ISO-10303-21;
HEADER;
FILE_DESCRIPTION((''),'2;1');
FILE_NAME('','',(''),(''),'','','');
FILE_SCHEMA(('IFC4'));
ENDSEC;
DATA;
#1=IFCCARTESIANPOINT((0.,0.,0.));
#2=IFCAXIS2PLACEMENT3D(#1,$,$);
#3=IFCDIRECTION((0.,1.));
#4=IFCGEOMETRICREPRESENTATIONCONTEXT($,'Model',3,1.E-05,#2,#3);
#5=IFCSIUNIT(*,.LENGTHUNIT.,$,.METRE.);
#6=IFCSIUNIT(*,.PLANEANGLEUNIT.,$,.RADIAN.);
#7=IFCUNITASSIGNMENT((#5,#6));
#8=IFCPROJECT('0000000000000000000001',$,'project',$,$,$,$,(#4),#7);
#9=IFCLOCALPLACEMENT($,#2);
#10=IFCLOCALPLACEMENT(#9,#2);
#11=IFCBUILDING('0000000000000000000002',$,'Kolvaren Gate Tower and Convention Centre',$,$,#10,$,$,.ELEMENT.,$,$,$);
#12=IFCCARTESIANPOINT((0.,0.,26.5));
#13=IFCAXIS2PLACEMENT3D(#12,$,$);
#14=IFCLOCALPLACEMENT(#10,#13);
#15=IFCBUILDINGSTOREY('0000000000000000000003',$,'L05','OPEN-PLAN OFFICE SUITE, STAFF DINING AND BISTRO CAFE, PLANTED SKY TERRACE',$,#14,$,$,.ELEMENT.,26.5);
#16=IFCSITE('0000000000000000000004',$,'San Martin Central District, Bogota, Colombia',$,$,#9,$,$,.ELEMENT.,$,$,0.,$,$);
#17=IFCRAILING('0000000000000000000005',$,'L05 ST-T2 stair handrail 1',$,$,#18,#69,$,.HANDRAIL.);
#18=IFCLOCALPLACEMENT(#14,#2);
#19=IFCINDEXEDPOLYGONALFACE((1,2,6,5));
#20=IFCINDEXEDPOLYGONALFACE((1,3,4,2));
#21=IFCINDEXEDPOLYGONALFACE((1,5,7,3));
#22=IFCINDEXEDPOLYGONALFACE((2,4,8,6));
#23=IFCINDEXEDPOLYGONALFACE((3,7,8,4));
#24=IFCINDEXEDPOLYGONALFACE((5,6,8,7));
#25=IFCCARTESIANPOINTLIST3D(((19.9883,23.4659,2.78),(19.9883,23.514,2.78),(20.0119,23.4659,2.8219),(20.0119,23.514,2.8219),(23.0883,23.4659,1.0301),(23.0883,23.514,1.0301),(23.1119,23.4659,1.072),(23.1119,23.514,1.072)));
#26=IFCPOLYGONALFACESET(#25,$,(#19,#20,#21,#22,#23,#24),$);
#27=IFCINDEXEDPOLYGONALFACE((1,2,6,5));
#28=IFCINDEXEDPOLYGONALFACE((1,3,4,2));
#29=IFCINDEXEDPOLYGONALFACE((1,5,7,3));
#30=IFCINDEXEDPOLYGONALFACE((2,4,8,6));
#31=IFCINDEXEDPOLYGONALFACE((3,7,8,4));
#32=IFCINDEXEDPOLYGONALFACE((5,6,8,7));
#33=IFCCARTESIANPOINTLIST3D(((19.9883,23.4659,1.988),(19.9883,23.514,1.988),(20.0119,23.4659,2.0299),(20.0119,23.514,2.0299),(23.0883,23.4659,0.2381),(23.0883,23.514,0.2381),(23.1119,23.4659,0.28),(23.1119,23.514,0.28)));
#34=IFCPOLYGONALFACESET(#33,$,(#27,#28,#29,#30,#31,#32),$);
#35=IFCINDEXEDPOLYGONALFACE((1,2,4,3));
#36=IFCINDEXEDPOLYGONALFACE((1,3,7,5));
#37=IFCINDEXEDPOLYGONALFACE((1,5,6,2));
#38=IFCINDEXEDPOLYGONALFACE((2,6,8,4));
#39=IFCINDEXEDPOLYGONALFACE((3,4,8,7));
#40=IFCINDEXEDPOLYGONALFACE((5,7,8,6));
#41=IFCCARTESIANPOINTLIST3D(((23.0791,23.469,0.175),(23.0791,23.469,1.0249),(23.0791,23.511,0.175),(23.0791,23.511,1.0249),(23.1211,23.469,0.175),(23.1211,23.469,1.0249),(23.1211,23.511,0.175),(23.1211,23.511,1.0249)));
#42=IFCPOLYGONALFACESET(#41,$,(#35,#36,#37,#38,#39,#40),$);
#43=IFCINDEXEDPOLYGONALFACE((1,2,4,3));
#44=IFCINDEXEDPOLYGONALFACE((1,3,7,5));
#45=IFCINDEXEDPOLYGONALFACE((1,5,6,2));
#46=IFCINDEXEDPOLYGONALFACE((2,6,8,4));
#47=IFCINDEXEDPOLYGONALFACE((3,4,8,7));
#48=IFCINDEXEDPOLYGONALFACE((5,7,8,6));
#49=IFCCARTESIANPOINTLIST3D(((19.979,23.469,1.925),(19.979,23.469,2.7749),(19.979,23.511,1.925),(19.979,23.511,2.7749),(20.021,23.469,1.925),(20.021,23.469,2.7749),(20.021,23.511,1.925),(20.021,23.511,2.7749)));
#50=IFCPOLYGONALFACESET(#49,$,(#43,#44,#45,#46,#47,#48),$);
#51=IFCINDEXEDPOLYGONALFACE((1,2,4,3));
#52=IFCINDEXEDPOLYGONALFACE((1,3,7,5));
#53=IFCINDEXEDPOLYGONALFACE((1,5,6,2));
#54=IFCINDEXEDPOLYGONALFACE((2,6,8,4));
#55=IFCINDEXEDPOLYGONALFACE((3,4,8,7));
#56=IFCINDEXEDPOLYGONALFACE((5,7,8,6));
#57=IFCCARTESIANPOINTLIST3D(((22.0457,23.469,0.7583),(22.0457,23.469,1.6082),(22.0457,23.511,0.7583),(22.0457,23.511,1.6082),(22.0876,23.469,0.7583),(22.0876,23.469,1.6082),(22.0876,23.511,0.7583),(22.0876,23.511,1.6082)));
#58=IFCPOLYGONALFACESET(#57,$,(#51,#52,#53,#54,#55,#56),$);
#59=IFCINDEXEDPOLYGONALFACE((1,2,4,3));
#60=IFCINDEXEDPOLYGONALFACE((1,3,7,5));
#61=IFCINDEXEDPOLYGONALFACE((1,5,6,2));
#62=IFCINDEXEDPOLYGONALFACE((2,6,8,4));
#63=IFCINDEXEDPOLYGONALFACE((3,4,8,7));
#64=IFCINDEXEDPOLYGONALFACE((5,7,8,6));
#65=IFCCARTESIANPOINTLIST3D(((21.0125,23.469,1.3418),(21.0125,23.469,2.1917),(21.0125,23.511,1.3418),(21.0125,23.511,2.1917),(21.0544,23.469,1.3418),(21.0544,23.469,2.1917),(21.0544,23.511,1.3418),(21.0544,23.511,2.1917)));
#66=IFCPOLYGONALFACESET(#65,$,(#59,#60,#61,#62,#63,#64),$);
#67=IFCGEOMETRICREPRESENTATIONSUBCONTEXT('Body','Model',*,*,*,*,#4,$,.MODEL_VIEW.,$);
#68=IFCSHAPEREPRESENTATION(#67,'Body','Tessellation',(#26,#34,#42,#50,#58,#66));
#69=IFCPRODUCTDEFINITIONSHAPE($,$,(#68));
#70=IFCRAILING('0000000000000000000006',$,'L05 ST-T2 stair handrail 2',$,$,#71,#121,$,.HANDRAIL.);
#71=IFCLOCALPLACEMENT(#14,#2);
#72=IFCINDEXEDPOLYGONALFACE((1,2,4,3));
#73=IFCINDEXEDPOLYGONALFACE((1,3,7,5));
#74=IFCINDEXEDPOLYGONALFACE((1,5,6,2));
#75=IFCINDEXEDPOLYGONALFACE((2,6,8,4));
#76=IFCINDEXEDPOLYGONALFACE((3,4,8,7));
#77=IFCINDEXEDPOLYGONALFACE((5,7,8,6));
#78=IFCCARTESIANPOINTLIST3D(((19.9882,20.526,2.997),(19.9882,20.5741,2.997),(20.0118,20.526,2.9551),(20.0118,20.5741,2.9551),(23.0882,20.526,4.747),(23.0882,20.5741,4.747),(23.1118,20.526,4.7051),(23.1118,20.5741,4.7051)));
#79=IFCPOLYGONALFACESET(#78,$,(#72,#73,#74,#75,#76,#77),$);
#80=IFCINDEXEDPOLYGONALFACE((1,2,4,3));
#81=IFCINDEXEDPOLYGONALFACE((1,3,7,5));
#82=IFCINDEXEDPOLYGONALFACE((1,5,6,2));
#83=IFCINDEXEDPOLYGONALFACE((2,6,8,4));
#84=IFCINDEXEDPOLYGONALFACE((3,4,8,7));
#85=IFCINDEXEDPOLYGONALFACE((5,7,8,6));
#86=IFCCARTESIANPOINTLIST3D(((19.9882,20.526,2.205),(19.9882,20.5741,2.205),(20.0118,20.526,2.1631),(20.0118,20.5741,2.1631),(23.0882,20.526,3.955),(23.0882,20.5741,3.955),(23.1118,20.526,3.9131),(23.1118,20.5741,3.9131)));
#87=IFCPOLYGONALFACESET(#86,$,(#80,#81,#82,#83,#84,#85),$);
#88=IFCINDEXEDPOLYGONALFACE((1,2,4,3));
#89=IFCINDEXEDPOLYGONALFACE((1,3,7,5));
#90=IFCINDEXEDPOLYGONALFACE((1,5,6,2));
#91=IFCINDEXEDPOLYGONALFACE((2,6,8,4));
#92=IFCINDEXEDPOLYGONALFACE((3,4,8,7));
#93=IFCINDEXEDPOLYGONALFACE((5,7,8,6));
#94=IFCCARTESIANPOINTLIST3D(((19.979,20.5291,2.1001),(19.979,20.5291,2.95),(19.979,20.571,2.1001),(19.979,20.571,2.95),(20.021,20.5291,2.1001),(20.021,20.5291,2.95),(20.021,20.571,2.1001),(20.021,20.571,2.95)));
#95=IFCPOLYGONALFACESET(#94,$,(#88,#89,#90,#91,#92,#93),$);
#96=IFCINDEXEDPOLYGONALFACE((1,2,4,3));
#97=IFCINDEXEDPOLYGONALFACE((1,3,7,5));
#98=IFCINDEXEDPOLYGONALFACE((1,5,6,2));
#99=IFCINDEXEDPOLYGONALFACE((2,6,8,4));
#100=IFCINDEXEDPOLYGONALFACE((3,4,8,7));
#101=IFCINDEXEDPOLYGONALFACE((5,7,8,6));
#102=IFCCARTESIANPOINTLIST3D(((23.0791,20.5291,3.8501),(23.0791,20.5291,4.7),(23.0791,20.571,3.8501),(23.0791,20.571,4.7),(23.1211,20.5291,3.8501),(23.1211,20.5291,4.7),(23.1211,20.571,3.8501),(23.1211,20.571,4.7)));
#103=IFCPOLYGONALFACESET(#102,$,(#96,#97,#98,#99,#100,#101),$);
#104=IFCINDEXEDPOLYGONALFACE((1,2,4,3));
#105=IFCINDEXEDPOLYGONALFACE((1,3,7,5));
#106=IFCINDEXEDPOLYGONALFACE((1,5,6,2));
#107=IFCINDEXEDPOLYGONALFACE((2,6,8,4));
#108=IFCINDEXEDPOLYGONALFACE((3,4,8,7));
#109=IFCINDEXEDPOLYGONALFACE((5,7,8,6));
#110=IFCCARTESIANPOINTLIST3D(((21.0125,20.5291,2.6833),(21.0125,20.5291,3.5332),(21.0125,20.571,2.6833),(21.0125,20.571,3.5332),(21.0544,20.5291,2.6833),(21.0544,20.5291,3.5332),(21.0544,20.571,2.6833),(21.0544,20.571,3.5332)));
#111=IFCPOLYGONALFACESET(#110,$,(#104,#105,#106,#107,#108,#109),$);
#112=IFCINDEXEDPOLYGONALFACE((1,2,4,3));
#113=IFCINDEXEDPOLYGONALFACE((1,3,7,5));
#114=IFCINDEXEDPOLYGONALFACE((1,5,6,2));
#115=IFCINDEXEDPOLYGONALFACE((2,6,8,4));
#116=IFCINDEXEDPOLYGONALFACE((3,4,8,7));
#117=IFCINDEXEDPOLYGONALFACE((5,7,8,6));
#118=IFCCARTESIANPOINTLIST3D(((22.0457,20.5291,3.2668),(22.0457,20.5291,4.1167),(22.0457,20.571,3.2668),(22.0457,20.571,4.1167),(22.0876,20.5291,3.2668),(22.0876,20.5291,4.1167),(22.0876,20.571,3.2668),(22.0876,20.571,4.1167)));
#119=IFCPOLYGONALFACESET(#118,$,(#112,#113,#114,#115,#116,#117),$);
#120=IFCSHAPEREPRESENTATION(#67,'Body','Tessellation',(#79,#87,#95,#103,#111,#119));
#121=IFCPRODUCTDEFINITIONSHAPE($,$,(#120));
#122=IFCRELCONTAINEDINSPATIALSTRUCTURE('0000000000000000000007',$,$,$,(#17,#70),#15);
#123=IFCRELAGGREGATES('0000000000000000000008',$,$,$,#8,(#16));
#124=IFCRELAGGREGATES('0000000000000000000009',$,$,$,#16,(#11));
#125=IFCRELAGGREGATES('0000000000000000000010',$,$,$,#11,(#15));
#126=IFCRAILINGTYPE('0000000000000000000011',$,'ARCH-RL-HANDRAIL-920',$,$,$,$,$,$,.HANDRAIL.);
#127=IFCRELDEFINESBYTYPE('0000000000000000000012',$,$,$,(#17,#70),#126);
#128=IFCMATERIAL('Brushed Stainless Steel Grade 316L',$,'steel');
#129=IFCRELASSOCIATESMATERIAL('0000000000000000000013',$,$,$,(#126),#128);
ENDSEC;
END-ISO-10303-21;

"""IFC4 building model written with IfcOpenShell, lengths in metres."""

from ifc_helpers import new_model, si_unit, direction, frame, origin, origin_2d, place, context, subcontext, project, spatial, rectangle, extrude, material, type_object, element, save


model = new_model("IFC4")

# Units and contexts
model_context = context("Model", 3, precision=1e-05, world=origin(), true_north=direction((0.0, 1.0)))
body_context = subcontext(model_context, "Body", "Model", "MODEL_VIEW")
ifc_project = project(units=[si_unit("LENGTHUNIT", "METRE"), si_unit("PLANEANGLEUNIT", "RADIAN")], contexts=[model_context])

# Site, building, storey
site_placement = place(None, origin())
site = spatial("IfcSite", under=ifc_project, at=site_placement, Name="San Martin Central District, Bogota, Colombia", CompositionType="ELEMENT", RefElevation=0.0)
building_placement = place(site_placement, origin())
building = spatial("IfcBuilding", under=site, at=building_placement, Name="Kolvaren Gate Tower and Convention Centre", CompositionType="ELEMENT")
storey_placement = place(building_placement, frame((0.0, 0.0, 26.5)))
storey = spatial("IfcBuildingStorey", under=building, at=storey_placement, Name="L05", Description="OPEN-PLAN OFFICE SUITE, STAFF DINING AND BISTRO CAFE, PLANTED SKY TERRACE", CompositionType="ELEMENT", Elevation=26.5)

# Shared definitions
ifc_material_1 = material(Name="Brushed Stainless Steel Grade 316L", Category="steel")

# Railings
railing_type_1 = type_object("IfcRailingType", Name="ARCH-RL-HANDRAIL-920", PredefinedType="HANDRAIL", material=ifc_material_1)
railing_1_placement = place(storey_placement, frame((23.1001, 23.49, 0.175)))
element("IfcRailing", 1, at=railing_1_placement, inside=storey, type_object=railing_type_1, Name="L05 ST-T2 stair handrail 1", PredefinedType="HANDRAIL", context=body_context, shape_type="SweptSolid", body=[
    extrude(rectangle(XDim=0.0481, YDim=0.0481, at=origin_2d()), frame((0.0, 0.0, 0.876), z_axis=(-0.870831, 0.0, 0.491583), x_axis=(0.0, -1.0, 0.0)), (0.0, 0.0, 1.0), 3.5598),
    extrude(rectangle(XDim=0.0481, YDim=0.0481, at=origin_2d()), frame((0.0, 0.0, 0.084), z_axis=(-0.870831, 0.0, 0.491583), x_axis=(0.0, -1.0, 0.0)), (0.0, 0.0, 1.0), 3.5598),
    extrude(rectangle(XDim=0.042, YDim=0.042, at=origin_2d()), origin(), (0.0, 0.0, 1.0), 0.8499),
    extrude(rectangle(XDim=0.042, YDim=0.042, at=origin_2d()), frame((-3.1001, 0.0, 1.75)), (0.0, 0.0, 1.0), 0.8499),
    extrude(rectangle(XDim=0.042, YDim=0.042, at=origin_2d()), frame((-1.0334, 0.0, 0.5833)), (0.0, 0.0, 1.0), 0.8499),
    extrude(rectangle(XDim=0.042, YDim=0.042, at=origin_2d()), frame((-2.0667, 0.0, 1.1667)), (0.0, 0.0, 1.0), 0.8499),
])
railing_2_placement = place(storey_placement, frame((20.0, 20.55, 2.1001)))
element("IfcRailing", 2, at=railing_2_placement, inside=storey, type_object=railing_type_1, Name="L05 ST-T2 stair handrail 2", PredefinedType="HANDRAIL", context=body_context, shape_type="SweptSolid", body=[
    extrude(rectangle(XDim=0.0481, YDim=0.0481, at=origin_2d()), frame((0.0, 0.0, 0.876), z_axis=(0.870831, 0.0, 0.491583), x_axis=(0.0, 1.0, 0.0)), (0.0, 0.0, 1.0), 3.5598),
    extrude(rectangle(XDim=0.0481, YDim=0.0481, at=origin_2d()), frame((0.0, 0.0, 0.084), z_axis=(0.870831, 0.0, 0.491583), x_axis=(0.0, 1.0, 0.0)), (0.0, 0.0, 1.0), 3.5598),
    extrude(rectangle(XDim=0.042, YDim=0.042, at=origin_2d()), origin(), (0.0, 0.0, 1.0), 0.8499),
    extrude(rectangle(XDim=0.042, YDim=0.042, at=origin_2d()), frame((3.1001, 0.0, 1.75)), (0.0, 0.0, 1.0), 0.8499),
    extrude(rectangle(XDim=0.042, YDim=0.042, at=origin_2d()), frame((1.0334, 0.0, 0.5833)), (0.0, 0.0, 1.0), 0.8499),
    extrude(rectangle(XDim=0.042, YDim=0.042, at=origin_2d()), frame((2.0667, 0.0, 1.1667)), (0.0, 0.0, 1.0), 0.8499),
])

save(model, "model.ifc")
